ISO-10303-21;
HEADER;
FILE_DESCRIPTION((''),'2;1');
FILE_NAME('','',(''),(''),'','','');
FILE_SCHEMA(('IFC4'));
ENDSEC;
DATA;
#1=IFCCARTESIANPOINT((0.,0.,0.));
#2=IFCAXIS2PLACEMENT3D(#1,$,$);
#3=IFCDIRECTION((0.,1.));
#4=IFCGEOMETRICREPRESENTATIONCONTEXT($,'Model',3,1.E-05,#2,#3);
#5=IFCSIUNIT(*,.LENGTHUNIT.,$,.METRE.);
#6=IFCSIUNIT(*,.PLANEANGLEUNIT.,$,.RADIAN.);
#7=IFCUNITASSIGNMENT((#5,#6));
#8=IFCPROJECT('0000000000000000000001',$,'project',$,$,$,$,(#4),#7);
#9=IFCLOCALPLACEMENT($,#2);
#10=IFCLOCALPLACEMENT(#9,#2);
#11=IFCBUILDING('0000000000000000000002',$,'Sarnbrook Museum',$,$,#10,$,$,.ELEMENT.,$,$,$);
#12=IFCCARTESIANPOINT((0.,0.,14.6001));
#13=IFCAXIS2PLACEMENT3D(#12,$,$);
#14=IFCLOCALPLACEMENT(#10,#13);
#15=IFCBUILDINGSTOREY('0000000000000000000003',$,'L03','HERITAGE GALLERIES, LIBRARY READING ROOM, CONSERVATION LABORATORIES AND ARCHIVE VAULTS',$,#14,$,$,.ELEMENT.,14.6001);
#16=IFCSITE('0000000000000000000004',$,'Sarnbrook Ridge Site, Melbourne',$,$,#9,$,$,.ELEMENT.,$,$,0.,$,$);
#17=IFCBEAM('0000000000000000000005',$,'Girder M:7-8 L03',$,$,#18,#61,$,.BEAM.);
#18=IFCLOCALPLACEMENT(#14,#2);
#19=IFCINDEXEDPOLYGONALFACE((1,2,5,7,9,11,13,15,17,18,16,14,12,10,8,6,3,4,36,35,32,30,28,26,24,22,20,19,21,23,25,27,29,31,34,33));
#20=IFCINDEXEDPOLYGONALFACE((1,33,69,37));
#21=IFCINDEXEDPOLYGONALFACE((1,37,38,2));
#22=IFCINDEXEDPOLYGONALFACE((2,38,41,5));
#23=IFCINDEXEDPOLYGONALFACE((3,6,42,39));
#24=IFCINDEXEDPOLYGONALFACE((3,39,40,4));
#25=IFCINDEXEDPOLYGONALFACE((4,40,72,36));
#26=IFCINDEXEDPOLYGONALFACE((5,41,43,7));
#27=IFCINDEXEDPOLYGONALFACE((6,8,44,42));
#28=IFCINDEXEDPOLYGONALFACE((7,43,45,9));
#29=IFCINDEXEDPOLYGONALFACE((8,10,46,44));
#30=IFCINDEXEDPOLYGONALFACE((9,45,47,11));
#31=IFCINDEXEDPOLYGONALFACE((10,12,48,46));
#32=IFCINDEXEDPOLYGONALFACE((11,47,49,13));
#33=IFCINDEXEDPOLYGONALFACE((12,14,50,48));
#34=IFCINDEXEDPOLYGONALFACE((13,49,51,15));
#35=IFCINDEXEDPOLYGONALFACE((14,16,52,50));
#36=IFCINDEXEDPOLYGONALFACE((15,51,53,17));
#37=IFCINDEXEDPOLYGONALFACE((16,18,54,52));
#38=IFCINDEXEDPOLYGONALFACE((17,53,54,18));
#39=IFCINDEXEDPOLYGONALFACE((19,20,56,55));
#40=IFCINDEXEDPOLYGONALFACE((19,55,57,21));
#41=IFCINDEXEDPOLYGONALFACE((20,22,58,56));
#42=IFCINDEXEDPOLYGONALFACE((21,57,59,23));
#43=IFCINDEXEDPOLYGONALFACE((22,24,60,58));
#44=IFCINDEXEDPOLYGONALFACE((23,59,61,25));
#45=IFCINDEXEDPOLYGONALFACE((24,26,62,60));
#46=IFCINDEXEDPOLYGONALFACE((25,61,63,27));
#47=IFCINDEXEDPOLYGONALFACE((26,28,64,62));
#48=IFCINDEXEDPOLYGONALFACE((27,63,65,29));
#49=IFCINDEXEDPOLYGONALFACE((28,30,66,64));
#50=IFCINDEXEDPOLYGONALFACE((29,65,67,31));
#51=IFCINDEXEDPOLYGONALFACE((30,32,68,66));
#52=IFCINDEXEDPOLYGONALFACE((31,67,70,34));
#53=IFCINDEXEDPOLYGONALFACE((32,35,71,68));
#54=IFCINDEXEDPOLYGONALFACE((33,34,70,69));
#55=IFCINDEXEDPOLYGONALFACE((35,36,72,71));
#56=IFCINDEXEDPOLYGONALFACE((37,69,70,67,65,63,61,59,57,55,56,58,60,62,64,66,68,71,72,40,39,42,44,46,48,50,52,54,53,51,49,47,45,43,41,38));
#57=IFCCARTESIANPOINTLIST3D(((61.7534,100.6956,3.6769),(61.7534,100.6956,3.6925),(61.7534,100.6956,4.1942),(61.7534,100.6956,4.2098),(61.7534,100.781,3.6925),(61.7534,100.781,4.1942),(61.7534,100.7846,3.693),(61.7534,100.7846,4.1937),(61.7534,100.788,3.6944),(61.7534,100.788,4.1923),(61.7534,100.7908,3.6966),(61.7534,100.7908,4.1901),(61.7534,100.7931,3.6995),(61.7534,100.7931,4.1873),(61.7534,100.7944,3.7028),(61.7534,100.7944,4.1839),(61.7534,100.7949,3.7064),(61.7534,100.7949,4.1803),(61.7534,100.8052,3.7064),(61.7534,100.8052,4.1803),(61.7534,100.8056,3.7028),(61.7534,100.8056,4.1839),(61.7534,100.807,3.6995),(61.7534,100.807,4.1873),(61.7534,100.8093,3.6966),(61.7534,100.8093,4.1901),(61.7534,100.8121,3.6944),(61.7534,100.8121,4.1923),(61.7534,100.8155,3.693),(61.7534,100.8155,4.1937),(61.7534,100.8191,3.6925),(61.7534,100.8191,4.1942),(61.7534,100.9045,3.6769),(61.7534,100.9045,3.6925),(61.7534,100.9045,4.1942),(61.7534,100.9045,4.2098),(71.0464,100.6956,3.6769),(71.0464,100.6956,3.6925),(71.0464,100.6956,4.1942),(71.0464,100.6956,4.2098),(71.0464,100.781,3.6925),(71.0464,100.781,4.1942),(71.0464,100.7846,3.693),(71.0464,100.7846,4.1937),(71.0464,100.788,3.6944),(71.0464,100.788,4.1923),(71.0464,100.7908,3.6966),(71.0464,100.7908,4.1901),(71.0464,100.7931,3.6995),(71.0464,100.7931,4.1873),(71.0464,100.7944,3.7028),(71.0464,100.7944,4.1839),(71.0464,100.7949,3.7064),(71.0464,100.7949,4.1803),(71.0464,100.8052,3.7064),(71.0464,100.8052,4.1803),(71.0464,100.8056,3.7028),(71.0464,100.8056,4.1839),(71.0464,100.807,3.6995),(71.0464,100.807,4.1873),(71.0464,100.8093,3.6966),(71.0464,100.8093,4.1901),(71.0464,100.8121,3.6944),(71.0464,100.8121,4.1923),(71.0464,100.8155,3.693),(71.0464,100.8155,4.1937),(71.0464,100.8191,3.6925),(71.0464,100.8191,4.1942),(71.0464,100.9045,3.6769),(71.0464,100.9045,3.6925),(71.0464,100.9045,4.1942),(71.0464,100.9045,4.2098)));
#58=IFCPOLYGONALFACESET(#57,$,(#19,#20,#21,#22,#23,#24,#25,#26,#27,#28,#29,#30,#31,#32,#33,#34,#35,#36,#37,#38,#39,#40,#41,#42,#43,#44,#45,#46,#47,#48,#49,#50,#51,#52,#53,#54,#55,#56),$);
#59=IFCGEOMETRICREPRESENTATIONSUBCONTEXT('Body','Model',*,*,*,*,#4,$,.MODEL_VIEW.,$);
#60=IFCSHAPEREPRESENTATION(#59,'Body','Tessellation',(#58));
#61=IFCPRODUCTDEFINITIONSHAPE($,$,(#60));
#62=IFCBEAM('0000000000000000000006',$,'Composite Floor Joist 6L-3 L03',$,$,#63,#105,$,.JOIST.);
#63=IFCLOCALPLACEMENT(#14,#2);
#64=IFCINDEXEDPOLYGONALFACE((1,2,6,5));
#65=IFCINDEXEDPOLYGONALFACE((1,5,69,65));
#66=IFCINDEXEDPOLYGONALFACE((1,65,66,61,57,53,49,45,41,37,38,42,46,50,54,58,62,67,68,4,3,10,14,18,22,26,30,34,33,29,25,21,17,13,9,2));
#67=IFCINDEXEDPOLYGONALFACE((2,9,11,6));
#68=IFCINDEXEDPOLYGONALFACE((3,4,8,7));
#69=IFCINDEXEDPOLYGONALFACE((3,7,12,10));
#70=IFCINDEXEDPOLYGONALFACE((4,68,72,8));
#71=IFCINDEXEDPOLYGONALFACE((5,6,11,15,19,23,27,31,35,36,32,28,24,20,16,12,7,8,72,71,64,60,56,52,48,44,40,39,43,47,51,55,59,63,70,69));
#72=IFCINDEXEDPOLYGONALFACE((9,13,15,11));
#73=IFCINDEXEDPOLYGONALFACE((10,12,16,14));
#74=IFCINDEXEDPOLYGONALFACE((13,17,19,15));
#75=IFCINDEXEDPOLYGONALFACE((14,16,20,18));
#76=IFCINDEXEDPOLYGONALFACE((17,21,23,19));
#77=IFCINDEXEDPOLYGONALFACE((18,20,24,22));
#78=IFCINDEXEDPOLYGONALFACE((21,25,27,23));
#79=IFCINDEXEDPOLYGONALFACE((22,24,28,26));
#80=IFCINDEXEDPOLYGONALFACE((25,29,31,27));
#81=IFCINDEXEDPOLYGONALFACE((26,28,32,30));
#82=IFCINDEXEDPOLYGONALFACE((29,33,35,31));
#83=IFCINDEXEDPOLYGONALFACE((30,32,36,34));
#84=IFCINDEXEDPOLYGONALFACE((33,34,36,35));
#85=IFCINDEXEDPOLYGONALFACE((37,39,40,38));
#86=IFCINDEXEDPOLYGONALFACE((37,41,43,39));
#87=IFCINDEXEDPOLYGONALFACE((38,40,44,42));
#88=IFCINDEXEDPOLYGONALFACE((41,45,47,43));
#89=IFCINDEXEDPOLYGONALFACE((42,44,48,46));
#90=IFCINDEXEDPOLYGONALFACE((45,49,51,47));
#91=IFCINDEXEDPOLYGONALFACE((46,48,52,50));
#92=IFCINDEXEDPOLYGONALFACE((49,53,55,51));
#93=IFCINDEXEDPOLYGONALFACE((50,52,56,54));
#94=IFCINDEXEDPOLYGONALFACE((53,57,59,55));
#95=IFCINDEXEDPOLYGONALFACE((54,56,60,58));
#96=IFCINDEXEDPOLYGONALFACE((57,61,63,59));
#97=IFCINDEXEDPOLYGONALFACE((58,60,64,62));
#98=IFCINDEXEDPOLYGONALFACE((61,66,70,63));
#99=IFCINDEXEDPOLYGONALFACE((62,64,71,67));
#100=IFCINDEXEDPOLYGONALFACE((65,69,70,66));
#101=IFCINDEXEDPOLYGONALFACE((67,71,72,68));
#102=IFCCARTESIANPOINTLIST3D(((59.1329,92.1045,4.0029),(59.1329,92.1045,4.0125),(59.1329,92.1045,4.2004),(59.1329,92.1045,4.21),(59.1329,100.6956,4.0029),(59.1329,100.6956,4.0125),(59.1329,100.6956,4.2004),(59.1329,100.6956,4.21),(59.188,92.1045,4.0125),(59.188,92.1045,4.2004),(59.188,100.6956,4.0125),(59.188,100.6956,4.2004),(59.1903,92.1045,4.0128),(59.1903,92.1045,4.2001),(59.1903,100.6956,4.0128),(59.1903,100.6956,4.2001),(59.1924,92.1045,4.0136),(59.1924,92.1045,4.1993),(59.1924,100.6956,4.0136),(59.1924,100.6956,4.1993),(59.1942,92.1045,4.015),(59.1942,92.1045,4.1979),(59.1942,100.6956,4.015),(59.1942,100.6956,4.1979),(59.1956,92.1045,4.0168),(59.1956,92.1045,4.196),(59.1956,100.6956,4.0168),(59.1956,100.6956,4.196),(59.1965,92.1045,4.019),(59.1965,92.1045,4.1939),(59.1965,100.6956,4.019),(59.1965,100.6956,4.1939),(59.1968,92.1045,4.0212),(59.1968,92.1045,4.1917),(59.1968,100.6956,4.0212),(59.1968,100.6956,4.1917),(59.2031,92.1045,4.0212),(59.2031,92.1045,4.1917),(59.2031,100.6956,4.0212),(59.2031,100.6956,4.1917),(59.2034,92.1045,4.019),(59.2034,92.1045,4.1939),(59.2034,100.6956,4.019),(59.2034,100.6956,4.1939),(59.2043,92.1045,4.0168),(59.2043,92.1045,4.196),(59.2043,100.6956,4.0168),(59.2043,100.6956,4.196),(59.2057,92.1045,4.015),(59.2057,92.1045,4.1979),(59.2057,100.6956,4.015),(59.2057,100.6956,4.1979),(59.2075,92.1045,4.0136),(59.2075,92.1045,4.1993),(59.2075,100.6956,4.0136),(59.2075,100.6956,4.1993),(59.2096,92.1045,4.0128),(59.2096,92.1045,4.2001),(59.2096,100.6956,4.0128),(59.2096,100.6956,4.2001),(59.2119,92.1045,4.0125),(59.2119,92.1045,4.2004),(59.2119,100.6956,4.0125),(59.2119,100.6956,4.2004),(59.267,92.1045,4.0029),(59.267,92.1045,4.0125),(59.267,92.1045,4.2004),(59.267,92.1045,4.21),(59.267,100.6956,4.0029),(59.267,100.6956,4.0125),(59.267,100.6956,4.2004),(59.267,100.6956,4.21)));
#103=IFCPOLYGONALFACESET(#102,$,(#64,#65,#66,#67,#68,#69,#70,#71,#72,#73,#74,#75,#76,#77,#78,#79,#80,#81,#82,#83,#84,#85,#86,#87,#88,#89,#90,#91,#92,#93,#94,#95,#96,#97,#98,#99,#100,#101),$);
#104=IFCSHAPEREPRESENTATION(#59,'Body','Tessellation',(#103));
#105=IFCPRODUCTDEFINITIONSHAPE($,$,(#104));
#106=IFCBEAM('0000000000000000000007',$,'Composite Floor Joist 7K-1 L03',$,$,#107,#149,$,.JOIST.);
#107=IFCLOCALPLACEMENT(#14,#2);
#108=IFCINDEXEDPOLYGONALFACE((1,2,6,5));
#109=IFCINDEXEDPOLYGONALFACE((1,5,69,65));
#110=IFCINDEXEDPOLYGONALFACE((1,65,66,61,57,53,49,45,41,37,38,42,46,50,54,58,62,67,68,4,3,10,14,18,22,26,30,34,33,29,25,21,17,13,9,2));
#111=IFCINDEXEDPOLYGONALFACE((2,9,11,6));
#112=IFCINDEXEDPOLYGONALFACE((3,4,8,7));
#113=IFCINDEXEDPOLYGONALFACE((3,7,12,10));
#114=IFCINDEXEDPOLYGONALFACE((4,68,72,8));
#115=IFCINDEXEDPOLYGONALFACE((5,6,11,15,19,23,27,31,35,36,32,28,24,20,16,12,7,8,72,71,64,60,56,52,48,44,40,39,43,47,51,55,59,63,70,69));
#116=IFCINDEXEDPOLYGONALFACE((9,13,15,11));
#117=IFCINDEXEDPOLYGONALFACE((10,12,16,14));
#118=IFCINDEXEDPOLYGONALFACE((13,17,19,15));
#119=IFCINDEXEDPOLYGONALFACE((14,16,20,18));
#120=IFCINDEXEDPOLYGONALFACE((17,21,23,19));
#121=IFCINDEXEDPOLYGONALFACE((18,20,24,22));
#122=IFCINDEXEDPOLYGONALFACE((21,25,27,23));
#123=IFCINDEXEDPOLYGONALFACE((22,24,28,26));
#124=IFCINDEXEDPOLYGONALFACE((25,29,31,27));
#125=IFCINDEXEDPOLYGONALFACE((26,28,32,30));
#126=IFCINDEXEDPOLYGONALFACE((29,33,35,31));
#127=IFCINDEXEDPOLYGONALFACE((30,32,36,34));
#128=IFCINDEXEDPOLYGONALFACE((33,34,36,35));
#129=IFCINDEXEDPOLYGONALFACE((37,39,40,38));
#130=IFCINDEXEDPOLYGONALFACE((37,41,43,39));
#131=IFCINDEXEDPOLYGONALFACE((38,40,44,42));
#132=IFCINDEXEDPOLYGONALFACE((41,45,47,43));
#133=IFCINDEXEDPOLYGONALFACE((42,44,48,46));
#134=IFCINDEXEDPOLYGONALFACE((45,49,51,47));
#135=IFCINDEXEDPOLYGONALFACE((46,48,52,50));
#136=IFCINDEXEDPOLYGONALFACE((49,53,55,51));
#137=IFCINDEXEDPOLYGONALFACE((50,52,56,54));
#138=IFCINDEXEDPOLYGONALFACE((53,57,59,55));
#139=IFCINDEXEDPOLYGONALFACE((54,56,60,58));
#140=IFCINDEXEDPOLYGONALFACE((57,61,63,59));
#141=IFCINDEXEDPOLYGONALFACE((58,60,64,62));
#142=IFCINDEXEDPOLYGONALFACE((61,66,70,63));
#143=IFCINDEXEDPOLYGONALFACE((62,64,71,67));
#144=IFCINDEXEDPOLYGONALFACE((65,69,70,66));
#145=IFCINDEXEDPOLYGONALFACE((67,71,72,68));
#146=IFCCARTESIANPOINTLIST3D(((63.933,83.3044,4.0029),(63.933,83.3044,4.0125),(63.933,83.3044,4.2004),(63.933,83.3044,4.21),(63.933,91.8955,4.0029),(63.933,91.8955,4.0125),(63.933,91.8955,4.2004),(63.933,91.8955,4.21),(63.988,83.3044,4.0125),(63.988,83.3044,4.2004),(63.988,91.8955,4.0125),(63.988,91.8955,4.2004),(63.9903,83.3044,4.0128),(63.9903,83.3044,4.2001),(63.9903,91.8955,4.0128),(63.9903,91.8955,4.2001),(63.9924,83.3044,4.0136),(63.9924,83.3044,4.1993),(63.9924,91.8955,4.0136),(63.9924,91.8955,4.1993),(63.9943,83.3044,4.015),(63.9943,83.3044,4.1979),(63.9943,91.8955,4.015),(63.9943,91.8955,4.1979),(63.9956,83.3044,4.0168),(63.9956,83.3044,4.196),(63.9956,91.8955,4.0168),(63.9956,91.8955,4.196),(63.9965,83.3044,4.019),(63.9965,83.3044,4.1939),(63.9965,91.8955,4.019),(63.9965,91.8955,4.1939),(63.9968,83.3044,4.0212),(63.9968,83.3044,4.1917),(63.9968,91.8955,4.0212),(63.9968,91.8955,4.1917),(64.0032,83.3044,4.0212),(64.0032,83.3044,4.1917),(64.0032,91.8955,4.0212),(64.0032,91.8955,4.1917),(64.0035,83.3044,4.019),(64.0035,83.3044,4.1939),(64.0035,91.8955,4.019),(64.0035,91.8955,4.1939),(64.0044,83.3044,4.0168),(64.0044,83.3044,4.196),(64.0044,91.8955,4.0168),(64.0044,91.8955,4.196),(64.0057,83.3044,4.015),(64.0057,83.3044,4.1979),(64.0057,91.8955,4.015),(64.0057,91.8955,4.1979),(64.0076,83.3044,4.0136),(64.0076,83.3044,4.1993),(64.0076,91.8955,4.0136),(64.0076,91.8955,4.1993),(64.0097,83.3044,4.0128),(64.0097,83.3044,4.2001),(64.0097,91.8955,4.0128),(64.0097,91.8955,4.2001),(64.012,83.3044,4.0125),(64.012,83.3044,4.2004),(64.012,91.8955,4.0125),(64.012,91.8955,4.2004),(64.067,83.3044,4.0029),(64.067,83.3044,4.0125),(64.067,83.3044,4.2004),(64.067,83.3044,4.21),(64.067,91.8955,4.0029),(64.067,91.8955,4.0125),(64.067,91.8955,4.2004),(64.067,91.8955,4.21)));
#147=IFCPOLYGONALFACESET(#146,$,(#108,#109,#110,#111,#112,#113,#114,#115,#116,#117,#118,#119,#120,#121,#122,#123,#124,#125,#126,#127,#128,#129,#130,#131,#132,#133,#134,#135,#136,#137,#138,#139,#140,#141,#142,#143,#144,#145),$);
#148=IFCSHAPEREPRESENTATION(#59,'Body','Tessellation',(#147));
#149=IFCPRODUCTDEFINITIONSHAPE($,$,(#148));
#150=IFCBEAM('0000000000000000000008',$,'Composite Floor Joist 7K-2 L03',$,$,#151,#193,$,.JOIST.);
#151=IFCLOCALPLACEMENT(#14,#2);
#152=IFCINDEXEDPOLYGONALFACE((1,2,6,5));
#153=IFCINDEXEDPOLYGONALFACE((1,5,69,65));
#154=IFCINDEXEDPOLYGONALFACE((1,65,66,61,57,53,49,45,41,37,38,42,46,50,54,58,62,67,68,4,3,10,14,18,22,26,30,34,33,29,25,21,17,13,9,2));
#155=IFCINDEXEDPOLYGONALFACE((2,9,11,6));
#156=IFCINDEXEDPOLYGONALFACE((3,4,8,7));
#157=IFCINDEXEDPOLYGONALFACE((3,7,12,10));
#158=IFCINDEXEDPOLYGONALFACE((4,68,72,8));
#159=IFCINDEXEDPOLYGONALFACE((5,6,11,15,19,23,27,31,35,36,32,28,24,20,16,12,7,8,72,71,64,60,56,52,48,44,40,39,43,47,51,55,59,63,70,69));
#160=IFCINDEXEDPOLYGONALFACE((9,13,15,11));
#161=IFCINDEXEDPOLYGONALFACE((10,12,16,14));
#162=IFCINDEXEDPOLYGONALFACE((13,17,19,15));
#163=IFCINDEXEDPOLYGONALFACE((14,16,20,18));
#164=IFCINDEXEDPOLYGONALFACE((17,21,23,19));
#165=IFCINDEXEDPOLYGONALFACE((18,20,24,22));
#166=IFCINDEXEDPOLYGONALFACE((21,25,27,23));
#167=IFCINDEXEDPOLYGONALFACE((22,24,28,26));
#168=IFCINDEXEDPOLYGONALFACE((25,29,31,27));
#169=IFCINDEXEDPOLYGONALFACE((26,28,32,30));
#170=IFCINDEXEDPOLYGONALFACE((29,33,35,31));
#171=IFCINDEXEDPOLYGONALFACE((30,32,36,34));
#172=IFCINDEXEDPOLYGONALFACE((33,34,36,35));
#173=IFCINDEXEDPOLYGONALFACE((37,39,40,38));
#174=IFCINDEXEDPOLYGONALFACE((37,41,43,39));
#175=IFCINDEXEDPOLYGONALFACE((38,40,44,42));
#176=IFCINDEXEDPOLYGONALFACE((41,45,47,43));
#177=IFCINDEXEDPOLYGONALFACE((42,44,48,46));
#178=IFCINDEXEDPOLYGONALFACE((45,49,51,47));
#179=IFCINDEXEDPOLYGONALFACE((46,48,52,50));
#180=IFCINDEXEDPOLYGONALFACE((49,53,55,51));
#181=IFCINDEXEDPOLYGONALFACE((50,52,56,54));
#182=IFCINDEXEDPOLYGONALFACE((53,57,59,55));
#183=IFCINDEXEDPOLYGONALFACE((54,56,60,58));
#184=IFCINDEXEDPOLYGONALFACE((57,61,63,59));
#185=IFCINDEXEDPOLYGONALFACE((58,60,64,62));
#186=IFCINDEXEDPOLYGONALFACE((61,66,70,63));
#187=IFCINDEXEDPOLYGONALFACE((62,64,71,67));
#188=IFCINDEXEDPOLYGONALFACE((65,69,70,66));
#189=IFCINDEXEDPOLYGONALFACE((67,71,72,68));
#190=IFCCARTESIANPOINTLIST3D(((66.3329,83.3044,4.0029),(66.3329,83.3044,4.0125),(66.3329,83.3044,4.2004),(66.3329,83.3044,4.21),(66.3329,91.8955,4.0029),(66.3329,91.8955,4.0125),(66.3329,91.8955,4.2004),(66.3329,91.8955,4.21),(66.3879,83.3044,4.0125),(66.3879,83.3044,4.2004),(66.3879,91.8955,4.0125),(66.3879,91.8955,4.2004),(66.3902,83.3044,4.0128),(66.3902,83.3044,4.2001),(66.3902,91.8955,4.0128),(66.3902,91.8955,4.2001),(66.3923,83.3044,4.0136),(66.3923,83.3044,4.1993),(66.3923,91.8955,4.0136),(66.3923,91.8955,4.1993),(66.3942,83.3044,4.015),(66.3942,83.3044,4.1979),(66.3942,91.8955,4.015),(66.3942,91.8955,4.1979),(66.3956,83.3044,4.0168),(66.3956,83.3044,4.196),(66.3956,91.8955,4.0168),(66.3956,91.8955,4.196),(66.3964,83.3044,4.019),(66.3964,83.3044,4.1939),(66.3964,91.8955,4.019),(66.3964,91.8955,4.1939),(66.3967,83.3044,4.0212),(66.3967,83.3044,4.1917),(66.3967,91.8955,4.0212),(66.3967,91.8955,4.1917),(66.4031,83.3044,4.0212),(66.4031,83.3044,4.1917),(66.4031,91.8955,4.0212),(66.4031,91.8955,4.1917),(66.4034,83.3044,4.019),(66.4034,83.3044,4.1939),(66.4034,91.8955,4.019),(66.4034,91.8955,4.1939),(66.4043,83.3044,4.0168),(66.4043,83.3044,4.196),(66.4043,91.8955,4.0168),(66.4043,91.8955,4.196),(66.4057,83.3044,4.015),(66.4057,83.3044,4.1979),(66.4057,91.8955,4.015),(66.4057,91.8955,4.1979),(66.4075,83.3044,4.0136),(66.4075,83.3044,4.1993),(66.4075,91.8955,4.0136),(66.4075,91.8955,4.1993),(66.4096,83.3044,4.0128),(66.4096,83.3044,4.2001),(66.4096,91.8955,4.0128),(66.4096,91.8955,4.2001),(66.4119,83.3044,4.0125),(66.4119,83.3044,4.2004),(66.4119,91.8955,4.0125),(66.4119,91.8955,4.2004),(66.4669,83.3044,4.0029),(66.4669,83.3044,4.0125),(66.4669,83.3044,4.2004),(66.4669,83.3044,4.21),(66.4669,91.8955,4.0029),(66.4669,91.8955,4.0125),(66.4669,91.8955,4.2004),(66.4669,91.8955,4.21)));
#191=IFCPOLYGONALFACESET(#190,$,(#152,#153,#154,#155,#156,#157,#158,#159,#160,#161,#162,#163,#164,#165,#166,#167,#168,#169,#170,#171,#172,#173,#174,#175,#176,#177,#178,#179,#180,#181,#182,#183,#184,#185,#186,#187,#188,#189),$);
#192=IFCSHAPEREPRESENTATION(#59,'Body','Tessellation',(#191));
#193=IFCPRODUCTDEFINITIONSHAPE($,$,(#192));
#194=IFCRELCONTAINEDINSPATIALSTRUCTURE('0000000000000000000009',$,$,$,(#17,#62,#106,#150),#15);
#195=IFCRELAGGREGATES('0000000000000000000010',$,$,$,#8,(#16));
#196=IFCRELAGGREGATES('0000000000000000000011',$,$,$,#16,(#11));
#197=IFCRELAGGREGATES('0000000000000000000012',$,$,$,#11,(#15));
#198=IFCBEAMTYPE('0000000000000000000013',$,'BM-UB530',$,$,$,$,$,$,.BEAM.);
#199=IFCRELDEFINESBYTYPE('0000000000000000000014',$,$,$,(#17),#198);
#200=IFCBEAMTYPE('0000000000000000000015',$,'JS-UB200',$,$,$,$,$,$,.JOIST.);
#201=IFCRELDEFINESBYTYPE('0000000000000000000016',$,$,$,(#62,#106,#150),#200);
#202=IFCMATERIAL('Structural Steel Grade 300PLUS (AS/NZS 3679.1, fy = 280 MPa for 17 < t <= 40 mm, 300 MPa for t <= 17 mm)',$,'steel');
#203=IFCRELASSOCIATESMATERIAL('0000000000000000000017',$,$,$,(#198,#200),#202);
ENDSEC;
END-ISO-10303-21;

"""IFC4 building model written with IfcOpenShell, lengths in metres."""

from ifc_helpers import new_model, si_unit, direction, frame, origin, origin_2d, place, context, subcontext, project, spatial, i_section, extrude, material, material_profile, profile_set, type_object, element, save


model = new_model("IFC4")

# Units and contexts
model_context = context("Model", 3, precision=1e-05, world=origin(), true_north=direction((0.0, 1.0)))
body_context = subcontext(model_context, "Body", "Model", "MODEL_VIEW")
ifc_project = project(units=[si_unit("LENGTHUNIT", "METRE"), si_unit("PLANEANGLEUNIT", "RADIAN")], contexts=[model_context])

# Site, building, storey
site_placement = place(None, origin())
site = spatial("IfcSite", under=ifc_project, at=site_placement, Name="Sarnbrook Ridge Site, Melbourne", CompositionType="ELEMENT", RefElevation=0.0)
building_placement = place(site_placement, origin())
building = spatial("IfcBuilding", under=site, at=building_placement, Name="Sarnbrook Museum", CompositionType="ELEMENT")
storey_placement = place(building_placement, frame((0.0, 0.0, 14.6001)))
storey = spatial("IfcBuildingStorey", under=building, at=storey_placement, Name="L03", Description="HERITAGE GALLERIES, LIBRARY READING ROOM, CONSERVATION LABORATORIES AND ARCHIVE VAULTS", CompositionType="ELEMENT", Elevation=14.6001)

# Shared definitions
ifc_material_1 = material(Name="Structural Steel Grade 300PLUS (AS/NZS 3679.1, fy = 280 MPa for 17 < t <= 40 mm, 300 MPa for t <= 17 mm)", Category="steel")

# Beams
ifc_material_profile_1 = material_profile(ifc_material_1, i_section(OverallWidth=0.209, OverallDepth=0.533, WebThickness=0.0103, FlangeThickness=0.0156, FilletRadius=0.0139, at=origin_2d()), Name="530UB92.4")
ifc_profile_set_1 = profile_set([ifc_material_profile_1], Name="Structural Steel Grade 300PLUS (AS/NZS 3679.1, fy = 280 MPa for 17 < t <= 40 mm, 300 MPa for t <= 17 mm)")
beam_type_1 = type_object("IfcBeamType", Name="BM-UB530", PredefinedType="BEAM", material=ifc_profile_set_1)
for number, where, z_axis, x_axis, name in (
    (1, (61.7534, 100.8, 3.9434), (1.0, 0.0, 0.0), (0.0, 1.0, 0.0), "Girder M:7-8 L03"),
):
    element("IfcBeam", number, at=place(storey_placement, frame(where, z_axis=z_axis, x_axis=x_axis)), inside=storey, type_object=beam_type_1, Name=name, PredefinedType="BEAM", context=body_context, shape_type="SweptSolid", body=[
        extrude(i_section(OverallWidth=0.209, OverallDepth=0.533, WebThickness=0.0103, FlangeThickness=0.0156, FilletRadius=0.0139, at=origin_2d()), origin(), (0.0, 0.0, 1.0), 9.293),
    ])
ifc_material_profile_2 = material_profile(ifc_material_1, i_section(OverallWidth=0.134, OverallDepth=0.207, WebThickness=0.0063, FlangeThickness=0.0095, FilletRadius=0.0088, at=origin_2d()), Name="200UB29.8")
ifc_profile_set_2 = profile_set([ifc_material_profile_2], Name="Structural Steel Grade 300PLUS (AS/NZS 3679.1, fy = 280 MPa for 17 < t <= 40 mm, 300 MPa for t <= 17 mm)")
beam_type_2 = type_object("IfcBeamType", Name="JS-UB200", PredefinedType="JOIST", material=ifc_profile_set_2)
for number, where, z_axis, x_axis, name in (
    (2, (59.2, 92.1045, 4.1064), (0.0, 1.0, 0.0), (-1.0, 0.0, 0.0), "Composite Floor Joist 6L-3 L03"),
    (3, (64.0, 83.3044, 4.1064), (0.0, 1.0, 0.0), (-1.0, 0.0, 0.0), "Composite Floor Joist 7K-1 L03"),
    (4, (66.3999, 83.3044, 4.1064), (0.0, 1.0, 0.0), (-1.0, 0.0, 0.0), "Composite Floor Joist 7K-2 L03"),
):
    element("IfcBeam", number, at=place(storey_placement, frame(where, z_axis=z_axis, x_axis=x_axis)), inside=storey, type_object=beam_type_2, Name=name, PredefinedType="JOIST", context=body_context, shape_type="SweptSolid", body=[
        extrude(i_section(OverallWidth=0.134, OverallDepth=0.207, WebThickness=0.0063, FlangeThickness=0.0095, FilletRadius=0.0088, at=origin_2d()), origin(), (0.0, 0.0, 1.0), 8.5911),
    ])

save(model, "model.ifc")
